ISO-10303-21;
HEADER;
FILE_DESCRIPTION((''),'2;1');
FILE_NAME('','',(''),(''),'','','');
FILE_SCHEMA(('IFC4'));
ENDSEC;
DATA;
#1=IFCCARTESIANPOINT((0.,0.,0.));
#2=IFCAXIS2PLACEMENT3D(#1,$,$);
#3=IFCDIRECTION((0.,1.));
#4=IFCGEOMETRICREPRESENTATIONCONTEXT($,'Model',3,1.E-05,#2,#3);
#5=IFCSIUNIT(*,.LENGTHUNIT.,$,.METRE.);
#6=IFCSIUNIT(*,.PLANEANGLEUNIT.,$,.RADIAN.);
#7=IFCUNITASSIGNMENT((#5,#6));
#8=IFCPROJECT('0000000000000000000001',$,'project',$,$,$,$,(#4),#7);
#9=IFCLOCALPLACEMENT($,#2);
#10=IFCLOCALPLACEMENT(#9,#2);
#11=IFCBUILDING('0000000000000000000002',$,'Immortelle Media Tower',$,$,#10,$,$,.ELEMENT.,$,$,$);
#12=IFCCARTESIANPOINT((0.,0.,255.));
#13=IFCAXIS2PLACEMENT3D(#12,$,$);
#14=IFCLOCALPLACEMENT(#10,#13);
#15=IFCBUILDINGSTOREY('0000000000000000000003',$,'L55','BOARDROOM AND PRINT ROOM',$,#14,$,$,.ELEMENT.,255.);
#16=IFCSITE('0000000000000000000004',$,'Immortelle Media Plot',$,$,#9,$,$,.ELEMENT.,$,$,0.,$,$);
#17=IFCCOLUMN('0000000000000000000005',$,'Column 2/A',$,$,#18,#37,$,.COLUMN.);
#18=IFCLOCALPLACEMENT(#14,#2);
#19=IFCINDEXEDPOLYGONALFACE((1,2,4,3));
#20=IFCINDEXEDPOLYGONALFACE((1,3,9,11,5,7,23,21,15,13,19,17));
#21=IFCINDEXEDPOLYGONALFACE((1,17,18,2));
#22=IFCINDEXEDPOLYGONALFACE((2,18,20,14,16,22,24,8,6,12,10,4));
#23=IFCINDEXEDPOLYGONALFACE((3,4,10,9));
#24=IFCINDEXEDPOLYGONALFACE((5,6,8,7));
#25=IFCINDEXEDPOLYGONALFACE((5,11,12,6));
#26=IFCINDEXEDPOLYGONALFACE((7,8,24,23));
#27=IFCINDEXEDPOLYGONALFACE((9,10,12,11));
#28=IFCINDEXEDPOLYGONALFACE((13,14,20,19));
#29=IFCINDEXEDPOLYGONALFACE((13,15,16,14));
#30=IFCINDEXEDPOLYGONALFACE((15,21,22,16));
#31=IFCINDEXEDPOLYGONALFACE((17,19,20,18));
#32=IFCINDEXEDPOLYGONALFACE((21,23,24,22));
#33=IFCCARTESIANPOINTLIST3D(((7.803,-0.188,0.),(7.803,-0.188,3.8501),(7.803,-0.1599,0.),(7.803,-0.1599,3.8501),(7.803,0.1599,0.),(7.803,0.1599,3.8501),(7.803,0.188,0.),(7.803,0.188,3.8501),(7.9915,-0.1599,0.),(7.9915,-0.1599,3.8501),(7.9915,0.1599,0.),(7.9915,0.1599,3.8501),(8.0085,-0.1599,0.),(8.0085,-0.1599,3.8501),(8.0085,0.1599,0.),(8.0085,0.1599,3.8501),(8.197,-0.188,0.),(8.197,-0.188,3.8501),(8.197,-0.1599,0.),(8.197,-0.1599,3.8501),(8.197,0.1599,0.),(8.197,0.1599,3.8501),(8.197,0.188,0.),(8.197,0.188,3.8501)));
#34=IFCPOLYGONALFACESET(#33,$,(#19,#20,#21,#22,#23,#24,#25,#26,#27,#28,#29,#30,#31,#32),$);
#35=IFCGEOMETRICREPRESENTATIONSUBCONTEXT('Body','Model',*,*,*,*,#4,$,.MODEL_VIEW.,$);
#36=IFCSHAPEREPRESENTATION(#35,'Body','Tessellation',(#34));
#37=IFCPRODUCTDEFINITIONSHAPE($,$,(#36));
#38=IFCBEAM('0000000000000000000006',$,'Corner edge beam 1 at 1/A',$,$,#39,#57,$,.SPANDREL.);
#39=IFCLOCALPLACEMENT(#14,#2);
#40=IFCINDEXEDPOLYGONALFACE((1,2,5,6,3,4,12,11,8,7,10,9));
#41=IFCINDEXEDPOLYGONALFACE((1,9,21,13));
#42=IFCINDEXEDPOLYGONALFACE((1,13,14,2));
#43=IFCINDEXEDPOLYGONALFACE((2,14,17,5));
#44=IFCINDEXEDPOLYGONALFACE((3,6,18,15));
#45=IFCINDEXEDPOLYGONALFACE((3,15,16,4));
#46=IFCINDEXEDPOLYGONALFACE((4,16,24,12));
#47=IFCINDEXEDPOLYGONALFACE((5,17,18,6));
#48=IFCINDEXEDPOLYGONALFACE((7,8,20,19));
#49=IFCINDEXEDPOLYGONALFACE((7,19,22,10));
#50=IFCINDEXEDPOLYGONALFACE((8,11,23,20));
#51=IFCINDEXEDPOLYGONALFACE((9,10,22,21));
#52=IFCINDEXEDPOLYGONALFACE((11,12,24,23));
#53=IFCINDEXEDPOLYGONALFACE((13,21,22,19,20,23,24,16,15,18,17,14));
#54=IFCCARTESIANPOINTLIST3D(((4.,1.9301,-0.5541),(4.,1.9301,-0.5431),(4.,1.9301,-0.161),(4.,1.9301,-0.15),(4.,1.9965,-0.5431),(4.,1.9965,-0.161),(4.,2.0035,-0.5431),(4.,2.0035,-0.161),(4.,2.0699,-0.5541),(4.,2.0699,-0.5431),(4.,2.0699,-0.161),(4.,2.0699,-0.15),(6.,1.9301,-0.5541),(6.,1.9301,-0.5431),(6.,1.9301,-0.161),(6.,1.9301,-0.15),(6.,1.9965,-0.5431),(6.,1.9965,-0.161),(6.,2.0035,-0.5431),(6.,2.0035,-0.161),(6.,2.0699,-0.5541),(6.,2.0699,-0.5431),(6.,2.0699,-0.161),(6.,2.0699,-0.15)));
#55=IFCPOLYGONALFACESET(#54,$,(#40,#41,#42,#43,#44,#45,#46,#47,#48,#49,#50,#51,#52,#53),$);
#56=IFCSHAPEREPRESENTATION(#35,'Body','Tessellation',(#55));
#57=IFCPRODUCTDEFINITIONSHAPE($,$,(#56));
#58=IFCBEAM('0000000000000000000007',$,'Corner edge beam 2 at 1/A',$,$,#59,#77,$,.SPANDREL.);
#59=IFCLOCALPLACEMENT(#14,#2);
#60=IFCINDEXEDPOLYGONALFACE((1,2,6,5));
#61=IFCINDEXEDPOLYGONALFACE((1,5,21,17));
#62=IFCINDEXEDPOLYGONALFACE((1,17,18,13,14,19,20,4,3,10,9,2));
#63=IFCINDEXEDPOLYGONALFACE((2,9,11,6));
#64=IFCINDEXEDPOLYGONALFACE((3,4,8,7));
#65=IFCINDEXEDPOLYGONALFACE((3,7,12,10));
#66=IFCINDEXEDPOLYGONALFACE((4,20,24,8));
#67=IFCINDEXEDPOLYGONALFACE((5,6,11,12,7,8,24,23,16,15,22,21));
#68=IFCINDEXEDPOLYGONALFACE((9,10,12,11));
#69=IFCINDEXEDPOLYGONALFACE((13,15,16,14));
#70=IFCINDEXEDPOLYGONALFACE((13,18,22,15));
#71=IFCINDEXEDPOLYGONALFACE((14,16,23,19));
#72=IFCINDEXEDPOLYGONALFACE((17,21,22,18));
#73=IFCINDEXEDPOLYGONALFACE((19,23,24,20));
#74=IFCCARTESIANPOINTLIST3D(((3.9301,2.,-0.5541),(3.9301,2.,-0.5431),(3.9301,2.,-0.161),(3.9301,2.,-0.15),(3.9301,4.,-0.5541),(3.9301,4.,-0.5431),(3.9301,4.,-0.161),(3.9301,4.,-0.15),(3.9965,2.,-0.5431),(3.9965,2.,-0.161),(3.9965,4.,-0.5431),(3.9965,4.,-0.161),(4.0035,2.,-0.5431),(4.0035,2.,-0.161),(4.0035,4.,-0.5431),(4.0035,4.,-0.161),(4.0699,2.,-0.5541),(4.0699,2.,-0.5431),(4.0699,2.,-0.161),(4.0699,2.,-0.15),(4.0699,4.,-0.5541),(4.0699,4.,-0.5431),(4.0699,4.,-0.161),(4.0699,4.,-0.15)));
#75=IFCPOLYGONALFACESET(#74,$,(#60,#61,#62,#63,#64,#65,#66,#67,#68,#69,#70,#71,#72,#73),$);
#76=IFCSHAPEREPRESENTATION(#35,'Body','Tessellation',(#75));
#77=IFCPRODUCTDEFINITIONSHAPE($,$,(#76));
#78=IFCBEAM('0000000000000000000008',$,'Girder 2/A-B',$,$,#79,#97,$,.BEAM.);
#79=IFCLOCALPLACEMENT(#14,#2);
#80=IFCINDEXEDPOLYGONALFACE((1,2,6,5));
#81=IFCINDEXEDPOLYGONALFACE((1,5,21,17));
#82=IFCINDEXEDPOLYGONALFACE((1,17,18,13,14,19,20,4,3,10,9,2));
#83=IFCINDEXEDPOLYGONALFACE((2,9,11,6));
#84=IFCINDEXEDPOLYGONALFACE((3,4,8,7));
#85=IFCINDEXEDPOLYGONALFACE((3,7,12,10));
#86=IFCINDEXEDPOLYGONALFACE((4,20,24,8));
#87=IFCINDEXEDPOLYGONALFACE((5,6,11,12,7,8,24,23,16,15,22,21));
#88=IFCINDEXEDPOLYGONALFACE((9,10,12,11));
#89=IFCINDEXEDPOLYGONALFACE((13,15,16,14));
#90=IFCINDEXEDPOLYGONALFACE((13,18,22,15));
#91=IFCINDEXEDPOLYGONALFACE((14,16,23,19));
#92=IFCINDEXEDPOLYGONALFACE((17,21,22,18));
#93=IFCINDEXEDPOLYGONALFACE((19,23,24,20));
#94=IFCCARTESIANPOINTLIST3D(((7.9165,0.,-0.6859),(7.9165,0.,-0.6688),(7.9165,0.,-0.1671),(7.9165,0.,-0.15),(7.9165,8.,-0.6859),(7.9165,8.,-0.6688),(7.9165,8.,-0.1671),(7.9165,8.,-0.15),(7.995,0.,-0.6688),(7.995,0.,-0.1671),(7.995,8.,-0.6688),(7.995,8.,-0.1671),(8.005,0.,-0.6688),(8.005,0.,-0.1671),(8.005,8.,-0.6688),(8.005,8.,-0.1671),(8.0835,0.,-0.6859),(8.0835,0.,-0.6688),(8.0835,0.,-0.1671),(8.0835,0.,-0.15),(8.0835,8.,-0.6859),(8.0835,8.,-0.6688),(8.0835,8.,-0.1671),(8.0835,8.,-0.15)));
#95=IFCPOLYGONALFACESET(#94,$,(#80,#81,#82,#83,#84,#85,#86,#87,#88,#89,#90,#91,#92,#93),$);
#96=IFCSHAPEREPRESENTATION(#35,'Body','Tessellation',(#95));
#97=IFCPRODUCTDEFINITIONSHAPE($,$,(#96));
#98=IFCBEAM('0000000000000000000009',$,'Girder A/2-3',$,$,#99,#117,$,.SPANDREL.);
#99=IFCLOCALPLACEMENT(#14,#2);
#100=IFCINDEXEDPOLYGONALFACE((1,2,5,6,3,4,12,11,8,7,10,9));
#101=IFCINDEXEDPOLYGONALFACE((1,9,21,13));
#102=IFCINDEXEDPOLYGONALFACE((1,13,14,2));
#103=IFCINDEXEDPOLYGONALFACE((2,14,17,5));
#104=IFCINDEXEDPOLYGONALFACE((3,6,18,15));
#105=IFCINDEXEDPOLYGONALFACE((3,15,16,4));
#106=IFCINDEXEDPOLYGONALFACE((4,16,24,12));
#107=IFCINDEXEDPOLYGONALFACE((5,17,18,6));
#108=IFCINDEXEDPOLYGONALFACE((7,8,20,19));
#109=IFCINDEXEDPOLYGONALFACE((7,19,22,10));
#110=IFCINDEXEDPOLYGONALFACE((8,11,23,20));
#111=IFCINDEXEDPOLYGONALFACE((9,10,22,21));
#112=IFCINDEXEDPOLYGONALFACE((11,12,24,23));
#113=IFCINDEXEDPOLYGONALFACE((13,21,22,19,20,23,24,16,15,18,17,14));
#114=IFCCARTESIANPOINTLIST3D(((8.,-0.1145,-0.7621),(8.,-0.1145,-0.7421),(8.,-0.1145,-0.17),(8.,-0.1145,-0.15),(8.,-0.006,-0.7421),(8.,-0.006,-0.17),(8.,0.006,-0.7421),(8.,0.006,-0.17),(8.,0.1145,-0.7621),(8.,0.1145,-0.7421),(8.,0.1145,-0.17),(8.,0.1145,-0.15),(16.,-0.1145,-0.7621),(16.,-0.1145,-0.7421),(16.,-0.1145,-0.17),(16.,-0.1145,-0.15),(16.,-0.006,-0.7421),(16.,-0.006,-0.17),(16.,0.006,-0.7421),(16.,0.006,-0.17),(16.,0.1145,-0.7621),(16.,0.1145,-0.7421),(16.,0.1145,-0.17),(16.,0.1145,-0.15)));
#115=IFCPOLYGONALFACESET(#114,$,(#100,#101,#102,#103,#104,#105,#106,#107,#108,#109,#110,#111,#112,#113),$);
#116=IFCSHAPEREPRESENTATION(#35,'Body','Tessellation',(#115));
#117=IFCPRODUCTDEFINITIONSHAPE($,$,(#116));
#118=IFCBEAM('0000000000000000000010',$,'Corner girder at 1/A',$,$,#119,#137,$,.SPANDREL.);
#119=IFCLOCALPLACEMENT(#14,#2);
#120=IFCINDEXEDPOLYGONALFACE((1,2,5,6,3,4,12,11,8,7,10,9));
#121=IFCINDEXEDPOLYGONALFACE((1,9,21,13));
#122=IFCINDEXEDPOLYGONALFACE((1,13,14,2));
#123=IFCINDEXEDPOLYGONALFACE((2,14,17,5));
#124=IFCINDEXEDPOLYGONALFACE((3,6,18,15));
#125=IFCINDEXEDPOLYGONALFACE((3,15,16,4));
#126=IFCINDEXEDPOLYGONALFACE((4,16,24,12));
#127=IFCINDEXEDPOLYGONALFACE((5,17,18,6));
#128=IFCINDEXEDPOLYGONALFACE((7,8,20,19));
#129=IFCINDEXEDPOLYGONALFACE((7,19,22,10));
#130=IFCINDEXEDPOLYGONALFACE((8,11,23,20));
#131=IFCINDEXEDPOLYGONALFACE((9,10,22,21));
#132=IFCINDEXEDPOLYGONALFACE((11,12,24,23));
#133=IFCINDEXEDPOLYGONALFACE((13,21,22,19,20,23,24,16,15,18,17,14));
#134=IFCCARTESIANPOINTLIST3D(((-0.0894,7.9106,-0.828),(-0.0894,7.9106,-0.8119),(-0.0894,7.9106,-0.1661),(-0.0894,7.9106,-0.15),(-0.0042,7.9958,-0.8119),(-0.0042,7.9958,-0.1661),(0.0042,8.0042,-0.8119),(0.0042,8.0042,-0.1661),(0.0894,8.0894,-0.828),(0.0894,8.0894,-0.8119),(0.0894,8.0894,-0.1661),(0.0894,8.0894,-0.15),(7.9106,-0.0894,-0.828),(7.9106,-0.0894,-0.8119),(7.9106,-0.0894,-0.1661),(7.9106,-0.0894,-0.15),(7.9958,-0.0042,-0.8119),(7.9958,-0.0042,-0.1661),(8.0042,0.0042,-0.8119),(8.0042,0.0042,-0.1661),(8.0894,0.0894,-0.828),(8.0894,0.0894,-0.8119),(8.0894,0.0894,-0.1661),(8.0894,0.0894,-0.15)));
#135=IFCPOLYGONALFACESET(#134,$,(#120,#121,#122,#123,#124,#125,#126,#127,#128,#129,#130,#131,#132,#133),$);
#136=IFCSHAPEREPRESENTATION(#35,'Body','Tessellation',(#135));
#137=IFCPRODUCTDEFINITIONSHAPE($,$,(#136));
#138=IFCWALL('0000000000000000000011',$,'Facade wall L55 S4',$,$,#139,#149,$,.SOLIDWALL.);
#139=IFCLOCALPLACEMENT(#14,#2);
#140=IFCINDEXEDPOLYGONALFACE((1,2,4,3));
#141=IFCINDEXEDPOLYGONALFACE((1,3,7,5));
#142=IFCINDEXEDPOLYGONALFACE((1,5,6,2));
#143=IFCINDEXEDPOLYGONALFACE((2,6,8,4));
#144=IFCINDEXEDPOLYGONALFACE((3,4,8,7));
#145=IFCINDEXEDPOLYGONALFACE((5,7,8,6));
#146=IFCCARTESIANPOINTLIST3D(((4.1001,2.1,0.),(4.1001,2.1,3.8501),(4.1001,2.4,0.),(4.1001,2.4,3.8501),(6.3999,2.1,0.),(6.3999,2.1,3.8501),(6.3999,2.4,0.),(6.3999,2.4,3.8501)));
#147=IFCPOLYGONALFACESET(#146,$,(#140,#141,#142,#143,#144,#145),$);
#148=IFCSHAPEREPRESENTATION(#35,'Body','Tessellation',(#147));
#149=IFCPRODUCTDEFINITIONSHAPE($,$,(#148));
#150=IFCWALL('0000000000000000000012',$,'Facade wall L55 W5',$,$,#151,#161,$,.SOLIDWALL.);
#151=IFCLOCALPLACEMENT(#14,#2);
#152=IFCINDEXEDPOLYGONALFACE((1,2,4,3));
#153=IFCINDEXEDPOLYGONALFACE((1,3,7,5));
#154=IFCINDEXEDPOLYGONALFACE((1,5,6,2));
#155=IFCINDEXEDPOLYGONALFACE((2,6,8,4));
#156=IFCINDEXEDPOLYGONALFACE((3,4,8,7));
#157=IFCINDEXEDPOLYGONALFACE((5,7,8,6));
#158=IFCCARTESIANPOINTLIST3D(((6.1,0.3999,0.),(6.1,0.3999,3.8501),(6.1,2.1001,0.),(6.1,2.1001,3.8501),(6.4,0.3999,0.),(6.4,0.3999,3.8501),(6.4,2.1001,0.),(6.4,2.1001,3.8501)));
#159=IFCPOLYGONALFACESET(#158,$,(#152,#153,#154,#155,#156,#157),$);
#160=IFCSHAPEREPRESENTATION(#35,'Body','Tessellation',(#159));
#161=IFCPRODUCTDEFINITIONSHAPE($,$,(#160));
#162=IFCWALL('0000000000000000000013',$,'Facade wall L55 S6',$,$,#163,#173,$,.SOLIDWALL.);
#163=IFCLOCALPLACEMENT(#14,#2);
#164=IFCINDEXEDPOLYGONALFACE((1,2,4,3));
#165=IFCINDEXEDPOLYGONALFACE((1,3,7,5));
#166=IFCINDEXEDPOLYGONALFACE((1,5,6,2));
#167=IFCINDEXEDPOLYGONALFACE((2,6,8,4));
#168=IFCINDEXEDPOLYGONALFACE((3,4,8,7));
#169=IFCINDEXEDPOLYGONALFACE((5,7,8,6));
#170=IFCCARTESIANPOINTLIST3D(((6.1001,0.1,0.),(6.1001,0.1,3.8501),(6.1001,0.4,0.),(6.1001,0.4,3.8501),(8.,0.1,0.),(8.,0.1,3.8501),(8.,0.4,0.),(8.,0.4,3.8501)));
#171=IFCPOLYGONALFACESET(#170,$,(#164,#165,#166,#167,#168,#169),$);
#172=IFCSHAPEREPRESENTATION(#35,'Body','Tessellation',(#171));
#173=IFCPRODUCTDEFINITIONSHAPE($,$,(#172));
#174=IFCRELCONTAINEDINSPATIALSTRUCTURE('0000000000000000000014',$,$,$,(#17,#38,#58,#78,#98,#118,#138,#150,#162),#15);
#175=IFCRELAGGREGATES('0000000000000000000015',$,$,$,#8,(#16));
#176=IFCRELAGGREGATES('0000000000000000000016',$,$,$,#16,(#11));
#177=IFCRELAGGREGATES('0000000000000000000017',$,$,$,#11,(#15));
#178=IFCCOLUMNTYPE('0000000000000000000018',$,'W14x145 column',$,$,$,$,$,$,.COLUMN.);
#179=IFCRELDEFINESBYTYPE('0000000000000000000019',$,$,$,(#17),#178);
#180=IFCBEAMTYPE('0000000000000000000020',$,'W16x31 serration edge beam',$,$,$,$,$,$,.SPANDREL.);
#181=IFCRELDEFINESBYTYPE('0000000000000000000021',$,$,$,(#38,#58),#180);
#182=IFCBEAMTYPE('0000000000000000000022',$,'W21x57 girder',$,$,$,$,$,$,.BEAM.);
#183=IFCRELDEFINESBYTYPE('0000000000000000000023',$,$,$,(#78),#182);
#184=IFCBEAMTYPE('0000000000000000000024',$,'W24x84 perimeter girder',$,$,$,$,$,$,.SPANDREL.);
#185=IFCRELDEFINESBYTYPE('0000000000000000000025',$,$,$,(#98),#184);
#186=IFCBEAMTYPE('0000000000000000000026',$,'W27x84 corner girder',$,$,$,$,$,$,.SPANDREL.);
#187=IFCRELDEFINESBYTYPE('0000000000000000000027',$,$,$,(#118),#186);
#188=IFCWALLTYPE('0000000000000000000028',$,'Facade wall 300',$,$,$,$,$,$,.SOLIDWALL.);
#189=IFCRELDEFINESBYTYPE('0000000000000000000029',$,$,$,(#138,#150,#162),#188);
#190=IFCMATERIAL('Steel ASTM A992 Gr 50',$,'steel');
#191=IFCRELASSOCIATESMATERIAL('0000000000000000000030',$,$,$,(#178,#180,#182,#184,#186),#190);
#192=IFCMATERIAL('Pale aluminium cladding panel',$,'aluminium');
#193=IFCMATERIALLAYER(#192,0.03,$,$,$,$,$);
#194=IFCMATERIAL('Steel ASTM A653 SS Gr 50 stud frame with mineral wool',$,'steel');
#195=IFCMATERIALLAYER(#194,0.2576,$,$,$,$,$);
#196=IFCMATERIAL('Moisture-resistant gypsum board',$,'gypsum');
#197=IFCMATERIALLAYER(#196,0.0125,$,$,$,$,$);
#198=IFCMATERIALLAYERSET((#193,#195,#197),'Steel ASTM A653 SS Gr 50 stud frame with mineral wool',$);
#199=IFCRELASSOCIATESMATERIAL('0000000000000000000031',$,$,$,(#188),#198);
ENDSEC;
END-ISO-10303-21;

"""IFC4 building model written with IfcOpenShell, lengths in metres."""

from ifc_helpers import new_model, si_unit, direction, frame, frame_2d, origin, origin_2d, place, context, subcontext, project, spatial, rectangle, i_section, extrude, material, layer, layer_set, material_profile, profile_set, type_object, element, save


model = new_model("IFC4")

# Units and contexts
model_context = context("Model", 3, precision=1e-05, world=origin(), true_north=direction((0.0, 1.0)))
body_context = subcontext(model_context, "Body", "Model", "MODEL_VIEW")
ifc_project = project(units=[si_unit("LENGTHUNIT", "METRE"), si_unit("PLANEANGLEUNIT", "RADIAN")], contexts=[model_context])

# Site, building, storey
site_placement = place(None, origin())
site = spatial("IfcSite", under=ifc_project, at=site_placement, Name="Immortelle Media Plot", CompositionType="ELEMENT", RefElevation=0.0)
building_placement = place(site_placement, origin())
building = spatial("IfcBuilding", under=site, at=building_placement, Name="Immortelle Media Tower", CompositionType="ELEMENT")
storey_placement = place(building_placement, frame((0.0, 0.0, 255.0)))
storey = spatial("IfcBuildingStorey", under=building, at=storey_placement, Name="L55", Description="BOARDROOM AND PRINT ROOM", CompositionType="ELEMENT", Elevation=255.0)

# Column
ifc_material_1 = material(Name="Steel ASTM A992 Gr 50", Category="steel")
ifc_material_profile_1 = material_profile(ifc_material_1, i_section(OverallWidth=0.394, OverallDepth=0.376, WebThickness=0.0171, FlangeThickness=0.0281, at=origin_2d()), Name="W14x145")
ifc_profile_set_1 = profile_set([ifc_material_profile_1], Name="Steel ASTM A992 Gr 50")
column_type = type_object("IfcColumnType", Name="W14x145 column", PredefinedType="COLUMN", material=ifc_profile_set_1)
column_placement = place(storey_placement, frame((8.0, 0.0, 0.0), z_axis=(0.0, 0.0, 1.0), x_axis=(1.0, 0.0, 0.0)))
element("IfcColumn", 1, at=column_placement, inside=storey, type_object=column_type, Name="Column 2/A", PredefinedType="COLUMN", context=body_context, shape_type="SweptSolid", body=[
    extrude(i_section(OverallWidth=0.394, OverallDepth=0.376, WebThickness=0.0171, FlangeThickness=0.0281, at=origin_2d()), origin(), (0.0, 0.0, 1.0), 3.8501),
])

# Beams
ifc_material_profile_2 = material_profile(ifc_material_1, i_section(OverallWidth=0.1399, OverallDepth=0.4041, WebThickness=0.0071, FlangeThickness=0.011, at=origin_2d()), Name="W16x31")
ifc_profile_set_2 = profile_set([ifc_material_profile_2], Name="Steel ASTM A992 Gr 50")
beam_type_1 = type_object("IfcBeamType", Name="W16x31 serration edge beam", PredefinedType="SPANDREL", material=ifc_profile_set_2)
for number, where, z_axis, x_axis, name in (
    (2, (6.0, 2.0, -0.3521), (-1.0, 0.0, 0.0), (0.0, -1.0, 0.0), "Corner edge beam 1 at 1/A"),
    (3, (4.0, 2.0, -0.3521), (0.0, 1.0, 0.0), (-1.0, 0.0, 0.0), "Corner edge beam 2 at 1/A"),
):
    element("IfcBeam", number, at=place(storey_placement, frame(where, z_axis=z_axis, x_axis=x_axis)), inside=storey, type_object=beam_type_1, Name=name, PredefinedType="SPANDREL", context=body_context, shape_type="SweptSolid", body=[
        extrude(i_section(OverallWidth=0.1399, OverallDepth=0.4041, WebThickness=0.0071, FlangeThickness=0.011, at=origin_2d()), origin(), (0.0, 0.0, 1.0), 2.0),
    ])
ifc_material_profile_3 = material_profile(ifc_material_1, i_section(OverallWidth=0.167, OverallDepth=0.5359, WebThickness=0.01, FlangeThickness=0.0171, at=origin_2d()), Name="W21x57")
ifc_profile_set_3 = profile_set([ifc_material_profile_3], Name="Steel ASTM A992 Gr 50")
beam_type_2 = type_object("IfcBeamType", Name="W21x57 girder", PredefinedType="BEAM", material=ifc_profile_set_3)
beam_1_placement = place(storey_placement, frame((8.0, 0.0, -0.418), z_axis=(0.0, 1.0, 0.0), x_axis=(-1.0, 0.0, 0.0)))
element("IfcBeam", 4, at=beam_1_placement, inside=storey, type_object=beam_type_2, Name="Girder 2/A-B", PredefinedType="BEAM", context=body_context, shape_type="SweptSolid", body=[
    extrude(i_section(OverallWidth=0.167, OverallDepth=0.5359, WebThickness=0.01, FlangeThickness=0.0171, at=origin_2d()), origin(), (0.0, 0.0, 1.0), 8.0),
])
ifc_material_profile_4 = material_profile(ifc_material_1, i_section(OverallWidth=0.229, OverallDepth=0.6121, WebThickness=0.012, FlangeThickness=0.02, at=origin_2d()), Name="W24x84")
ifc_profile_set_4 = profile_set([ifc_material_profile_4], Name="Steel ASTM A992 Gr 50")
beam_type_3 = type_object("IfcBeamType", Name="W24x84 perimeter girder", PredefinedType="SPANDREL", material=ifc_profile_set_4)
beam_2_placement = place(storey_placement, frame((8.0, 0.0, -0.4561), z_axis=(1.0, 0.0, 0.0), x_axis=(0.0, 1.0, 0.0)))
element("IfcBeam", 5, at=beam_2_placement, inside=storey, type_object=beam_type_3, Name="Girder A/2-3", PredefinedType="SPANDREL", context=body_context, shape_type="SweptSolid", body=[
    extrude(i_section(OverallWidth=0.229, OverallDepth=0.6121, WebThickness=0.012, FlangeThickness=0.02, at=origin_2d()), origin(), (0.0, 0.0, 1.0), 8.0),
])
ifc_material_profile_5 = material_profile(ifc_material_1, i_section(OverallWidth=0.2529, OverallDepth=0.678, WebThickness=0.012, FlangeThickness=0.0161, at=origin_2d()), Name="W27x84")
ifc_profile_set_5 = profile_set([ifc_material_profile_5], Name="Steel ASTM A992 Gr 50")
beam_type_4 = type_object("IfcBeamType", Name="W27x84 corner girder", PredefinedType="SPANDREL", material=ifc_profile_set_5)
beam_3_placement = place(storey_placement, frame((8.0, 0.0, -0.489), z_axis=(-0.707107, 0.707107, 0.0), x_axis=(-0.707107, -0.707107, 0.0)))
element("IfcBeam", 6, at=beam_3_placement, inside=storey, type_object=beam_type_4, Name="Corner girder at 1/A", PredefinedType="SPANDREL", context=body_context, shape_type="SweptSolid", body=[
    extrude(i_section(OverallWidth=0.2529, OverallDepth=0.678, WebThickness=0.012, FlangeThickness=0.0161, at=origin_2d()), origin(), (0.0, 0.0, 1.0), 11.3137),
])

# Walls
ifc_material_2 = material(Name="Pale aluminium cladding panel", Category="aluminium")
ifc_layer_1 = layer(ifc_material_2, 0.03)
ifc_material_3 = material(Name="Steel ASTM A653 SS Gr 50 stud frame with mineral wool", Category="steel")
ifc_layer_2 = layer(ifc_material_3, 0.2576)
ifc_material_4 = material(Name="Moisture-resistant gypsum board", Category="gypsum")
ifc_layer_3 = layer(ifc_material_4, 0.0125)
ifc_layer_set = layer_set([ifc_layer_1, ifc_layer_2, ifc_layer_3], Name="Steel ASTM A653 SS Gr 50 stud frame with mineral wool")
wall_type = type_object("IfcWallType", Name="Facade wall 300", PredefinedType="SOLIDWALL", material=ifc_layer_set)
wall_1_placement = place(storey_placement, frame((4.1001, 2.25, 0.0), z_axis=(0.0, 0.0, 1.0), x_axis=(1.0, 0.0, 0.0)))
element("IfcWall", 7, at=wall_1_placement, inside=storey, type_object=wall_type, Name="Facade wall L55 S4", PredefinedType="SOLIDWALL", context=body_context, shape_type="SweptSolid", body=[
    extrude(rectangle(XDim=2.2998, YDim=0.3, at=frame_2d((1.1499, 0.0))), origin(), (0.0, 0.0, 1.0), 3.8501),
])
wall_2_placement = place(storey_placement, frame((6.25, 2.1001, 0.0), z_axis=(0.0, 0.0, 1.0), x_axis=(0.0, -1.0, 0.0)))
element("IfcWall", 8, at=wall_2_placement, inside=storey, type_object=wall_type, Name="Facade wall L55 W5", PredefinedType="SOLIDWALL", context=body_context, shape_type="SweptSolid", body=[
    extrude(rectangle(XDim=1.7002, YDim=0.3, at=frame_2d((0.8501, 0.0))), origin(), (0.0, 0.0, 1.0), 3.8501),
])
wall_3_placement = place(storey_placement, frame((6.1001, 0.25, 0.0), z_axis=(0.0, 0.0, 1.0), x_axis=(1.0, 0.0, 0.0)))
element("IfcWall", 9, at=wall_3_placement, inside=storey, type_object=wall_type, Name="Facade wall L55 S6", PredefinedType="SOLIDWALL", context=body_context, shape_type="SweptSolid", body=[
    extrude(rectangle(XDim=1.8999, YDim=0.3, at=frame_2d((0.95, 0.0))), origin(), (0.0, 0.0, 1.0), 3.8501),
])

save(model, "model.ifc")
